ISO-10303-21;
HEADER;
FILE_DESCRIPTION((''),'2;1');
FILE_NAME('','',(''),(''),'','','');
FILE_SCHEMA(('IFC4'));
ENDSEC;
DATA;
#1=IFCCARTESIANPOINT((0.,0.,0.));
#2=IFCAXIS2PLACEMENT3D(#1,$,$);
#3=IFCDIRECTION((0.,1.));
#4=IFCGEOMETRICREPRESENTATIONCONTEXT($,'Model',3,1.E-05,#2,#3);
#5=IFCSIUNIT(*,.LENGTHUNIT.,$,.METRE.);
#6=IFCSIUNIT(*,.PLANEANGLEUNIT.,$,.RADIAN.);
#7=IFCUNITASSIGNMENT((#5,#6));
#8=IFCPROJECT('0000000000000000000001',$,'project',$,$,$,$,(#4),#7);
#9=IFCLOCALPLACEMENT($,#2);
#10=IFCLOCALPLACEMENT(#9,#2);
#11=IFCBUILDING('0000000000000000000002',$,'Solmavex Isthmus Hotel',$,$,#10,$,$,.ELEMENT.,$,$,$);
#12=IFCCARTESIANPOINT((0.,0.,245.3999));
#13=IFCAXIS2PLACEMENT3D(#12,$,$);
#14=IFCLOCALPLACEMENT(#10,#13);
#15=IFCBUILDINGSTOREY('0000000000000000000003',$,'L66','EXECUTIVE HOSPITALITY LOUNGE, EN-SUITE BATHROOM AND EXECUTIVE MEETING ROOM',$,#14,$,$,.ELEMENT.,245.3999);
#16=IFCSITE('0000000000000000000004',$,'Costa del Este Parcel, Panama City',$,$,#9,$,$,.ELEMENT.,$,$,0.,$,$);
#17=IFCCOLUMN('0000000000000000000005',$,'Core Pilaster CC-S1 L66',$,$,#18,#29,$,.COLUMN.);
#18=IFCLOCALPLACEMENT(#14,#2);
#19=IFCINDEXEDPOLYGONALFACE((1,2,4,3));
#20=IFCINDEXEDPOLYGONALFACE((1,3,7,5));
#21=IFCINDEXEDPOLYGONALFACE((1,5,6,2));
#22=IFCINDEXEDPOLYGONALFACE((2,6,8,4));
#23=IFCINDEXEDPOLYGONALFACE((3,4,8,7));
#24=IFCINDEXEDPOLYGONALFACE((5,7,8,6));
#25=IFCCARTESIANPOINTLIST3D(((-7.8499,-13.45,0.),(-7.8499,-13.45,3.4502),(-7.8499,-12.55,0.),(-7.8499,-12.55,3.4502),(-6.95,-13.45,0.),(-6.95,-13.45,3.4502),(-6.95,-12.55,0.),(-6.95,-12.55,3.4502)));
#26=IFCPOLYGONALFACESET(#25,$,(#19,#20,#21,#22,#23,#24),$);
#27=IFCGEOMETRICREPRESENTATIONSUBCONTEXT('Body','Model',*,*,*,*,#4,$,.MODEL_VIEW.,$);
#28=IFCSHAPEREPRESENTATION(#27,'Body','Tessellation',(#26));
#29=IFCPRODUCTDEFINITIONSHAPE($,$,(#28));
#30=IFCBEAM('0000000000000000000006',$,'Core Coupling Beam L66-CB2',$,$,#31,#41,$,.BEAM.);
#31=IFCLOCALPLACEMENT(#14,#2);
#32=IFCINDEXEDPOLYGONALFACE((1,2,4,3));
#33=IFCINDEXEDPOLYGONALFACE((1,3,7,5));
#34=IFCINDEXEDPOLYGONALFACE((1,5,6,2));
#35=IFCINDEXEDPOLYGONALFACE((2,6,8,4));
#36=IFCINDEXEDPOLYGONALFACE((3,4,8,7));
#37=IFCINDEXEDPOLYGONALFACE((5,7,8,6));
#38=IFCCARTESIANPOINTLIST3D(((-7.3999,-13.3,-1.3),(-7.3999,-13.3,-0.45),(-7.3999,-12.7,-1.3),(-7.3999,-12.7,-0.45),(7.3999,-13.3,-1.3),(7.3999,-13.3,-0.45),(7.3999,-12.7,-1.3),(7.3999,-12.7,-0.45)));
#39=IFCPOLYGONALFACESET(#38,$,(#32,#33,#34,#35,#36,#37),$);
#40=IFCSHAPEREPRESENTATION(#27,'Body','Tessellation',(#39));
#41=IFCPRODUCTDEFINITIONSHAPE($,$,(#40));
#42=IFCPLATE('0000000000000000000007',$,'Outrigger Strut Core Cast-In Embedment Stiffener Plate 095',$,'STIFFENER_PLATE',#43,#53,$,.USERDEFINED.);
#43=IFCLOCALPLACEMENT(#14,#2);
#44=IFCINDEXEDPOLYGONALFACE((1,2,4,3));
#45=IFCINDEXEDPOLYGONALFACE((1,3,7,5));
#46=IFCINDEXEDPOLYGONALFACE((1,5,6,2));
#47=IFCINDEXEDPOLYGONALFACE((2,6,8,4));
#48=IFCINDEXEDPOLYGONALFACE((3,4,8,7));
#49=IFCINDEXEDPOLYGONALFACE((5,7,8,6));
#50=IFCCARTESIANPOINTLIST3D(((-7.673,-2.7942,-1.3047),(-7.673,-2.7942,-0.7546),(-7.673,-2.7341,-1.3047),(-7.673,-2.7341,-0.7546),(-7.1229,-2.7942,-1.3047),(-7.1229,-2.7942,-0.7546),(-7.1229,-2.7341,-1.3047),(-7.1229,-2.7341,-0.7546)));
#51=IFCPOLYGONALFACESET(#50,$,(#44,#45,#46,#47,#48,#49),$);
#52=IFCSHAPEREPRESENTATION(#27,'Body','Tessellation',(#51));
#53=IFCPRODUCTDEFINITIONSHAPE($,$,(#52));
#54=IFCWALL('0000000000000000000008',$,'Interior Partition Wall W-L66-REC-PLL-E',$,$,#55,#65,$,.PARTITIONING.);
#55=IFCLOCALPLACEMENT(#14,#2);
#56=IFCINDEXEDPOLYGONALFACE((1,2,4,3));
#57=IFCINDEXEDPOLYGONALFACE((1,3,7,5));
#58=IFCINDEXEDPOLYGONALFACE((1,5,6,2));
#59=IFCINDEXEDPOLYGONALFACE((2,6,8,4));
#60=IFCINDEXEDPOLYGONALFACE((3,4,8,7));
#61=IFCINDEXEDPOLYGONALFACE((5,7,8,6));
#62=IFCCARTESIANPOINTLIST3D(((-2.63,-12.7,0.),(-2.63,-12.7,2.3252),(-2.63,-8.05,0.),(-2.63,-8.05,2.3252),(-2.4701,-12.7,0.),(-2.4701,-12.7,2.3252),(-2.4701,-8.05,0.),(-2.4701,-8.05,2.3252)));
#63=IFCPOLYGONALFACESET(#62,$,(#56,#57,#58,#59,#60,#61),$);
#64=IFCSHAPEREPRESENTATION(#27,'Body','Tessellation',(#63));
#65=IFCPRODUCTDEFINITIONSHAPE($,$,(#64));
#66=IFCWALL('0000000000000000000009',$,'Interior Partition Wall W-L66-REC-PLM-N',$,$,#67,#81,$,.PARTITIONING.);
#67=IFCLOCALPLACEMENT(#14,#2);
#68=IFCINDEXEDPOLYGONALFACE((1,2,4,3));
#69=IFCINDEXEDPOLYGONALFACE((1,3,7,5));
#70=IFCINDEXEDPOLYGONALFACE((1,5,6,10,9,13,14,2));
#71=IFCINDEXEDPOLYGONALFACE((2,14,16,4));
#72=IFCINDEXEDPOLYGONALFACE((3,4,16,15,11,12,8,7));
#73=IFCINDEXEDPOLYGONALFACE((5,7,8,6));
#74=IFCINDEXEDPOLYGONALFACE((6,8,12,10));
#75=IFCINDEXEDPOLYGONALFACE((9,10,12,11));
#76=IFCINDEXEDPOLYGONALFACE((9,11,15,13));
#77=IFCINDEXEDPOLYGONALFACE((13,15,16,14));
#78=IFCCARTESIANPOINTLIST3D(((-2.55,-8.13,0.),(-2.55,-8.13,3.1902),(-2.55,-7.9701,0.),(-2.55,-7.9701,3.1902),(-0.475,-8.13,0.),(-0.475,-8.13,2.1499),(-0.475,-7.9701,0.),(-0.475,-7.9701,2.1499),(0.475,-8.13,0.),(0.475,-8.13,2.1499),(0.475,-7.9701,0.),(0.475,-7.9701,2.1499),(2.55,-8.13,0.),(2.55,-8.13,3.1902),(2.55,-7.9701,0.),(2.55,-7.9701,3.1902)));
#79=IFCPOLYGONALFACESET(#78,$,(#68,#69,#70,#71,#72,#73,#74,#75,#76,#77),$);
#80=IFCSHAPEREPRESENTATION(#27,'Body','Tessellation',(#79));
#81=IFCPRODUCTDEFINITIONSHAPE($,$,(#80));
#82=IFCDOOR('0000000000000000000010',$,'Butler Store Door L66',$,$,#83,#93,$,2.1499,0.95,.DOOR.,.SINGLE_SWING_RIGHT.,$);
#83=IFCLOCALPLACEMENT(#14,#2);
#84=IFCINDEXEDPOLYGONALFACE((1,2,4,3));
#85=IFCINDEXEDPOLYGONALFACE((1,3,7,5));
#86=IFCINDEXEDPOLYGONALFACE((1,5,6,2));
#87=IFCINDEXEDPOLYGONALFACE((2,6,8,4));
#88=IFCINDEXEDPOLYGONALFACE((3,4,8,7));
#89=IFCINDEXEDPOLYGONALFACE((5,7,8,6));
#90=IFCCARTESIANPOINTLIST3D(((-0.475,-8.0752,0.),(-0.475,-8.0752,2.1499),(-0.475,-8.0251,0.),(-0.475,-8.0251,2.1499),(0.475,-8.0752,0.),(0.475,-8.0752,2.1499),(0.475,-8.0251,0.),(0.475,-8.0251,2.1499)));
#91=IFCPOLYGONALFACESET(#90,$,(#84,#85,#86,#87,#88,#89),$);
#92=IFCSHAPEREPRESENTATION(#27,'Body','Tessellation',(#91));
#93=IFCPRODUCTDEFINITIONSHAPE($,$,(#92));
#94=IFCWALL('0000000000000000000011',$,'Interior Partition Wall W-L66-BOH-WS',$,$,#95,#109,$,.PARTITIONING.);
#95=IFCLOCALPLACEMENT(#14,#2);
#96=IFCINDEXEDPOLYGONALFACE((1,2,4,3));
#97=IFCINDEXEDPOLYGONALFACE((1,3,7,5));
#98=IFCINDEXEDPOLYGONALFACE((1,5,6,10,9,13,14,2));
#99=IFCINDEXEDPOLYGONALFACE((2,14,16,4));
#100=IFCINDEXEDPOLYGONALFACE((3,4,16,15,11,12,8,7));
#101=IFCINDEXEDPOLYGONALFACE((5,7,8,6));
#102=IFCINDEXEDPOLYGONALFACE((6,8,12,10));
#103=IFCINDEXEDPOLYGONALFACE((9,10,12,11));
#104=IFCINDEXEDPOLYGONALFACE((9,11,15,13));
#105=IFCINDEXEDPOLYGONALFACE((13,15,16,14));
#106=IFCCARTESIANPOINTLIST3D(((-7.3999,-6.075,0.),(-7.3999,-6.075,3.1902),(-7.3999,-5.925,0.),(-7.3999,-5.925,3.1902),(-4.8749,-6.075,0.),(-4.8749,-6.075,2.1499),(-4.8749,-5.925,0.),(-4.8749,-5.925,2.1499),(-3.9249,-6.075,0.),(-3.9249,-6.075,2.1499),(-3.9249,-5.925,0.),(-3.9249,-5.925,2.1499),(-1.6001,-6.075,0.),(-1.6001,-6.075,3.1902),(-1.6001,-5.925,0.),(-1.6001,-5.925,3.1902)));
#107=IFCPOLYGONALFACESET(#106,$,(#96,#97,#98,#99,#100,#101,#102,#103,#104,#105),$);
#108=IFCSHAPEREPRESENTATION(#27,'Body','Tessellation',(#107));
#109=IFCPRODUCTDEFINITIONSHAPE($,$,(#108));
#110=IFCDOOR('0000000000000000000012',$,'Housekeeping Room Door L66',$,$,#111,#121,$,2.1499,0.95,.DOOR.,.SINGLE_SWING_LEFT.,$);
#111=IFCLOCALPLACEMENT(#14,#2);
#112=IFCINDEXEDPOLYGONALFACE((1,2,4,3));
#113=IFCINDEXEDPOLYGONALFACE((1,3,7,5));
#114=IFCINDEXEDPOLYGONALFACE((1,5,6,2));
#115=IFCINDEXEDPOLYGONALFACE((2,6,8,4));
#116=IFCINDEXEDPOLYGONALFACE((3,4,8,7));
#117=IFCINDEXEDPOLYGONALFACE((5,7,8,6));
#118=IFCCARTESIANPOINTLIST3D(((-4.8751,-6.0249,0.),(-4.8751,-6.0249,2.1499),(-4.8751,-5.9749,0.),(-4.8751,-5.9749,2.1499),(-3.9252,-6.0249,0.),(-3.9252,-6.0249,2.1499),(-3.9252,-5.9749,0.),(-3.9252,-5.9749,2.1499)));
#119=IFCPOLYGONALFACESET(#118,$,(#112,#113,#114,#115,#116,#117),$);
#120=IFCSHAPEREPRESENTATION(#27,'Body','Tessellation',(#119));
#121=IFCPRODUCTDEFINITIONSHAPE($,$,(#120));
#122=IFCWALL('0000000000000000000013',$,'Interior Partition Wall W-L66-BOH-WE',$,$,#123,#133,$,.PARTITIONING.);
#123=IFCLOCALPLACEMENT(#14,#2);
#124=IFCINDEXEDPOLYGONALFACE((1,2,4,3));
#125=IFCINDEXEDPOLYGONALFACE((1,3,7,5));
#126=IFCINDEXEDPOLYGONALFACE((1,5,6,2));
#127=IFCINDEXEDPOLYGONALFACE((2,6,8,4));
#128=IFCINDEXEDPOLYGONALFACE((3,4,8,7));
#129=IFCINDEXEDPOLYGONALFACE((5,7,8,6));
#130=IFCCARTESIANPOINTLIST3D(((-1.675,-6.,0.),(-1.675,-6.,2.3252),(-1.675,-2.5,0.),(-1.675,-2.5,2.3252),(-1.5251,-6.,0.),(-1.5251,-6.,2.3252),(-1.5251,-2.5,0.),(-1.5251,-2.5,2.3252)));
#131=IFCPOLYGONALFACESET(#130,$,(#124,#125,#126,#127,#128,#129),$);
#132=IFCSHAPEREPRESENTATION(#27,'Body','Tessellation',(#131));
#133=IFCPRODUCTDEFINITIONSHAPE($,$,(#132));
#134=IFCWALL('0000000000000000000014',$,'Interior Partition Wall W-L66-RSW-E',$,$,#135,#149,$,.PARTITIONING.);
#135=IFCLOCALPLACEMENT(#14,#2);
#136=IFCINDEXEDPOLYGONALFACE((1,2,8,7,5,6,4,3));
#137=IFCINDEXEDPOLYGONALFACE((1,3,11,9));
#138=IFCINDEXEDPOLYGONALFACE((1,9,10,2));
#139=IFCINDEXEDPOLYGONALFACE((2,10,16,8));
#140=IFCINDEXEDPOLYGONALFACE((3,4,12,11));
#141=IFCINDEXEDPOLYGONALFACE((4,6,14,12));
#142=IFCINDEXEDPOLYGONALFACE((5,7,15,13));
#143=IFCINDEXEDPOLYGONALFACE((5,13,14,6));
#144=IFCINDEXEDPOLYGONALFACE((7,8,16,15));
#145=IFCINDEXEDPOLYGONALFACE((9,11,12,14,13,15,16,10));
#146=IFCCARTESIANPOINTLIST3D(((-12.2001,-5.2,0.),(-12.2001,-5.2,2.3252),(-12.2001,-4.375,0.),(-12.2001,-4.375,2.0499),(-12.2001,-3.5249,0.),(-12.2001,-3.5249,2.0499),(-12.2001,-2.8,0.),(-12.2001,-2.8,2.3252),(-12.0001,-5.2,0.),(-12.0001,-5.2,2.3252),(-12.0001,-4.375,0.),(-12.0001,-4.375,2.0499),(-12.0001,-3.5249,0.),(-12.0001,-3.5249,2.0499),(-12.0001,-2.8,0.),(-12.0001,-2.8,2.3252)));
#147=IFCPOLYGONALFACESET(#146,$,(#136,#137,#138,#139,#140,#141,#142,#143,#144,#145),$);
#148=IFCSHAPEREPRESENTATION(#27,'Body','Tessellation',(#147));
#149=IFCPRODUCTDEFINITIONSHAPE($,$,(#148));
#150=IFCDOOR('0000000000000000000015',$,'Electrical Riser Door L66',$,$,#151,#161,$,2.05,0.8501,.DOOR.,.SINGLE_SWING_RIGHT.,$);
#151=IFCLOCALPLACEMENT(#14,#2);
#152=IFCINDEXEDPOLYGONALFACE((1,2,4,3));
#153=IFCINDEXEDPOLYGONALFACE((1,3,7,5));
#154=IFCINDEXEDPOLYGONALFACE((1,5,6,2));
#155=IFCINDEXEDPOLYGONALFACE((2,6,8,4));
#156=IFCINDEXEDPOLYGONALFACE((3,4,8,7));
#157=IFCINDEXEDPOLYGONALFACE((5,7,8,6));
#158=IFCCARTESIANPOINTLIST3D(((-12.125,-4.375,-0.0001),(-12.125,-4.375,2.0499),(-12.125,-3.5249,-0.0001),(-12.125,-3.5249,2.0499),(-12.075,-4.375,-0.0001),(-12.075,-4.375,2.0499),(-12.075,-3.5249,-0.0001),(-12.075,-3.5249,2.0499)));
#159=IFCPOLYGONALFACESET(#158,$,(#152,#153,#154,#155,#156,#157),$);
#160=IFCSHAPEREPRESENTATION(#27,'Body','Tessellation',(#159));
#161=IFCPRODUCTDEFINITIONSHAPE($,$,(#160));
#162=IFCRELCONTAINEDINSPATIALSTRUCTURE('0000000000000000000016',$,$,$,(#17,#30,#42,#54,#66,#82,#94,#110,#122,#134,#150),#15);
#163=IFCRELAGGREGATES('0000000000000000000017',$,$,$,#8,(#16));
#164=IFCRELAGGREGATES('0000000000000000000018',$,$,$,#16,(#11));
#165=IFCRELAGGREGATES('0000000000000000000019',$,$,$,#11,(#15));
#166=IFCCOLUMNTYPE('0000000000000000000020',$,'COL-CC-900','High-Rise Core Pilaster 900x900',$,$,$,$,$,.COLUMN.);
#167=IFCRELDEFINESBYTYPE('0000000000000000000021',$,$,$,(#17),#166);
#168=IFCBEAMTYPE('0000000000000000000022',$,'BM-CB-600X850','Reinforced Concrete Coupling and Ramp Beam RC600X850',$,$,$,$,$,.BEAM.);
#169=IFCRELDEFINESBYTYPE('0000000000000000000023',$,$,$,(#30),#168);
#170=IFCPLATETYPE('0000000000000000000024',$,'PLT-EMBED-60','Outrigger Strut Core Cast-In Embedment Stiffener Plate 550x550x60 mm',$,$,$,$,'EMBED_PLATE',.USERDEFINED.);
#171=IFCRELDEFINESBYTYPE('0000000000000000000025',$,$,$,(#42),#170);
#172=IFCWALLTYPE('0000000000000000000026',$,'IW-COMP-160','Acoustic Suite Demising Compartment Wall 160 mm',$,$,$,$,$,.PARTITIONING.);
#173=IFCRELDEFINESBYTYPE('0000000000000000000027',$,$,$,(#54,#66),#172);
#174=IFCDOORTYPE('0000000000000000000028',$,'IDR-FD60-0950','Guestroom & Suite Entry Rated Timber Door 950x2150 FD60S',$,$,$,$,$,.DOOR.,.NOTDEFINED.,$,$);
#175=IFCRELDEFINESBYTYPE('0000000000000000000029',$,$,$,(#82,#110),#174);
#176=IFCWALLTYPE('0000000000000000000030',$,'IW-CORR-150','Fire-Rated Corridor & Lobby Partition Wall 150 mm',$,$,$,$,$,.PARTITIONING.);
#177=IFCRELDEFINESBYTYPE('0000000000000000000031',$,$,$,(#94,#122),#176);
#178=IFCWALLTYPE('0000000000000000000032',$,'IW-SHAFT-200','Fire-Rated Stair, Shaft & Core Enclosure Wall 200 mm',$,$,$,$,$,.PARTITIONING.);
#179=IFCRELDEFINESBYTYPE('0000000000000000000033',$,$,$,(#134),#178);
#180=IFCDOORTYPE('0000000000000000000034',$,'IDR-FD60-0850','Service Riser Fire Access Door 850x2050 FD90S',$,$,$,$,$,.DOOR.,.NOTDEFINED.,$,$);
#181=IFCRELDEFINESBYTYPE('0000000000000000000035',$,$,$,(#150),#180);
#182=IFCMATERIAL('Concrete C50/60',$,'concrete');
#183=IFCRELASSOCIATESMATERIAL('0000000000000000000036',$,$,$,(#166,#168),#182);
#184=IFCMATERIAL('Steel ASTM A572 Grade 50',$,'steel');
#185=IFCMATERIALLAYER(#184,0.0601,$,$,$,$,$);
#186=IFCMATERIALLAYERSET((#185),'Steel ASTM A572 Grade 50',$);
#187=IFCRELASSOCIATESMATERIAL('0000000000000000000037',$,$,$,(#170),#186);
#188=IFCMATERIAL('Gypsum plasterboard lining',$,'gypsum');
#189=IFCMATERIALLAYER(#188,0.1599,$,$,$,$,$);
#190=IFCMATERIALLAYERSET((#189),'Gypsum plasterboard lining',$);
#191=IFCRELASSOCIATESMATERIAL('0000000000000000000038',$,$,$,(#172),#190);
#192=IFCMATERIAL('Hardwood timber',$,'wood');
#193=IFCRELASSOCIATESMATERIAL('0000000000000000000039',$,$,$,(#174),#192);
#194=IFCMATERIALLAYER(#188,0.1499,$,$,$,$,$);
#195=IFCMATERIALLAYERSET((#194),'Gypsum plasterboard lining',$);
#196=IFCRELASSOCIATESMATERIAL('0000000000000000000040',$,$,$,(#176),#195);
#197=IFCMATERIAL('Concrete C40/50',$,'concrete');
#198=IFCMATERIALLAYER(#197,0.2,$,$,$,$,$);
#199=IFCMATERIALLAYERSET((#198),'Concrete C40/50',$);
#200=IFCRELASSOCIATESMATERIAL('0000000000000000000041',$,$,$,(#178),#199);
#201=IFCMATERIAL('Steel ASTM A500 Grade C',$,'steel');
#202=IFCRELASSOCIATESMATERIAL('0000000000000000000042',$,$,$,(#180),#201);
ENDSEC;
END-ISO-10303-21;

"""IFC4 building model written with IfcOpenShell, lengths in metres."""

from ifc_helpers import new_model, si_unit, direction, frame, frame_2d, origin, origin_2d, place, context, subcontext, project, spatial, rectangle, extrude, material, layer, layer_set, material_profile, profile_set, type_object, element, fill, save


model = new_model("IFC4")

# Units and contexts
model_context = context("Model", 3, precision=1e-05, world=origin(), true_north=direction((0.0, 1.0)))
body_context = subcontext(model_context, "Body", "Model", "MODEL_VIEW")
ifc_project = project(units=[si_unit("LENGTHUNIT", "METRE"), si_unit("PLANEANGLEUNIT", "RADIAN")], contexts=[model_context])

# Site, building, storey
site_placement = place(None, origin())
site = spatial("IfcSite", under=ifc_project, at=site_placement, Name="Costa del Este Parcel, Panama City", CompositionType="ELEMENT", RefElevation=0.0)
building_placement = place(site_placement, origin())
building = spatial("IfcBuilding", under=site, at=building_placement, Name="Solmavex Isthmus Hotel", CompositionType="ELEMENT")
storey_placement = place(building_placement, frame((0.0, 0.0, 245.3999)))
storey = spatial("IfcBuildingStorey", under=building, at=storey_placement, Name="L66", Description="EXECUTIVE HOSPITALITY LOUNGE, EN-SUITE BATHROOM AND EXECUTIVE MEETING ROOM", CompositionType="ELEMENT", Elevation=245.3999)

# Column
ifc_material_1 = material(Name="Concrete C50/60", Category="concrete")
ifc_material_profile_1 = material_profile(ifc_material_1, rectangle(XDim=0.8999, YDim=0.8999, at=origin_2d()), Name="RC900X900")
ifc_profile_set_1 = profile_set([ifc_material_profile_1], Name="Concrete C50/60")
column_type = type_object("IfcColumnType", Name="COL-CC-900", Description="High-Rise Core Pilaster 900x900", PredefinedType="COLUMN", material=ifc_profile_set_1)
column_placement = place(storey_placement, frame((-7.3999, -13.0, 0.0), z_axis=(0.0, 0.0, 1.0), x_axis=(1.0, 0.0, 0.0)))
element("IfcColumn", 1, at=column_placement, inside=storey, type_object=column_type, Name="Core Pilaster CC-S1 L66", PredefinedType="COLUMN", context=body_context, shape_type="SweptSolid", body=[
    extrude(rectangle(XDim=0.8999, YDim=0.8999, at=origin_2d()), origin(), (0.0, 0.0, 1.0), 3.4502),
])

# Beam
ifc_material_profile_2 = material_profile(ifc_material_1, rectangle(XDim=0.6001, YDim=0.8501, at=origin_2d()), Name="RC600X850")
ifc_profile_set_2 = profile_set([ifc_material_profile_2], Name="Concrete C50/60")
beam_type = type_object("IfcBeamType", Name="BM-CB-600X850", Description="Reinforced Concrete Coupling and Ramp Beam RC600X850", PredefinedType="BEAM", material=ifc_profile_set_2)
beam_placement = place(storey_placement, frame((-7.3999, -13.0, -0.875), z_axis=(1.0, 0.0, 0.0), x_axis=(0.0, 1.0, 0.0)))
element("IfcBeam", 2, at=beam_placement, inside=storey, type_object=beam_type, Name="Core Coupling Beam L66-CB2", PredefinedType="BEAM", context=body_context, shape_type="SweptSolid", body=[
    extrude(rectangle(XDim=0.6001, YDim=0.8501, at=origin_2d()), origin(), (0.0, 0.0, 1.0), 14.7998),
])

# Plate
ifc_material_2 = material(Name="Steel ASTM A572 Grade 50", Category="steel")
ifc_layer_1 = layer(ifc_material_2, 0.0601)
ifc_layer_set_1 = layer_set([ifc_layer_1], Name="Steel ASTM A572 Grade 50")
plate_type = type_object("IfcPlateType", Name="PLT-EMBED-60", Description="Outrigger Strut Core Cast-In Embedment Stiffener Plate 550x550x60 mm", ElementType="EMBED_PLATE", PredefinedType="USERDEFINED", material=ifc_layer_set_1)
plate_placement = place(storey_placement, frame((-7.3979, -2.7642, -1.3047), z_axis=(0.0, 0.0, 1.0), x_axis=(1.0, 0.0, 0.0)))
element("IfcPlate", 3, at=plate_placement, inside=storey, type_object=plate_type, Name="Outrigger Strut Core Cast-In Embedment Stiffener Plate 095", ObjectType="STIFFENER_PLATE", PredefinedType="USERDEFINED", context=body_context, shape_type="SweptSolid", body=[
    extrude(rectangle(XDim=0.55, YDim=0.0601, at=origin_2d()), origin(), (0.0, 0.0, 1.0), 0.55),
])

# Shared definitions
ifc_material_3 = material(Name="Gypsum plasterboard lining", Category="gypsum")
ifc_layer_2 = layer(ifc_material_3, 0.1599)
ifc_layer_set_2 = layer_set([ifc_layer_2], Name="Gypsum plasterboard lining")
wall_type_1 = type_object("IfcWallType", Name="IW-COMP-160", Description="Acoustic Suite Demising Compartment Wall 160 mm", PredefinedType="PARTITIONING", material=ifc_layer_set_2)
ifc_material_4 = material(Name="Hardwood timber", Category="wood")
door_type_1 = type_object("IfcDoorType", Name="IDR-FD60-0950", Description="Guestroom & Suite Entry Rated Timber Door 950x2150 FD60S", OperationType="NOTDEFINED", PredefinedType="DOOR", material=ifc_material_4)

# Wall
wall_1_placement = place(storey_placement, frame((-2.55, -12.7, 0.0), z_axis=(0.0, 0.0, 1.0), x_axis=(0.0, 1.0, 0.0)))
element("IfcWall", 4, at=wall_1_placement, inside=storey, type_object=wall_type_1, Name="Interior Partition Wall W-L66-REC-PLL-E", PredefinedType="PARTITIONING", context=body_context, shape_type="SweptSolid", body=[
    extrude(rectangle(XDim=4.6499, YDim=0.1599, at=frame_2d((2.325, 0.0))), origin(), (0.0, 0.0, 1.0), 2.3252),
])

# Walls, openings, doors
wall_2_placement = place(storey_placement, frame((-2.55, -8.05, 0.0), z_axis=(0.0, 0.0, 1.0), x_axis=(1.0, 0.0, 0.0)))
wall_2 = element("IfcWall", 5, at=wall_2_placement, inside=storey, type_object=wall_type_1, Name="Interior Partition Wall W-L66-REC-PLM-N", PredefinedType="PARTITIONING", context=body_context, shape_type="SweptSolid", body=[
    extrude(rectangle(XDim=5.1001, YDim=0.1599, at=frame_2d((2.55, 0.0))), origin(), (0.0, 0.0, 1.0), 3.1902),
])
opening_1_placement = place(wall_2_placement, frame((2.075, 0.0, 0.0)))
opening_1 = element("IfcOpeningElement", 6, at=opening_1_placement, cuts=wall_2, PredefinedType="OPENING", context=body_context, shape_type="SweptSolid", body=[
    extrude(rectangle(XDim=0.95, YDim=2.1499, at=frame_2d((0.4751, 1.075))), frame((0.0, 0.0898, 0.0), z_axis=(0.0, -1.0, 0.0), x_axis=(1.0, 0.0, 0.0)), (0.0, 0.0, 1.0), 0.1799),
])
door_1_placement = place(opening_1_placement, origin())
door_1 = element("IfcDoor", 7, at=door_1_placement, inside=storey, type_object=door_type_1, Name="Butler Store Door L66", OperationType="SINGLE_SWING_RIGHT", OverallHeight=2.1499, OverallWidth=0.95, PredefinedType="DOOR", context=body_context, shape_type="SweptSolid", body=[
    extrude(rectangle(XDim=0.95, YDim=2.1499, at=frame_2d((0.4751, 1.075))), frame((0.0, 0.0249, 0.0), z_axis=(0.0, -1.0, 0.0), x_axis=(1.0, 0.0, 0.0)), (0.0, 0.0, 1.0), 0.05),
])
fill(opening_1, door_1)
ifc_layer_3 = layer(ifc_material_3, 0.1499)
ifc_layer_set_3 = layer_set([ifc_layer_3], Name="Gypsum plasterboard lining")
wall_type_2 = type_object("IfcWallType", Name="IW-CORR-150", Description="Fire-Rated Corridor & Lobby Partition Wall 150 mm", PredefinedType="PARTITIONING", material=ifc_layer_set_3)
wall_3_placement = place(storey_placement, frame((-7.3999, -6.0, 0.0), z_axis=(0.0, 0.0, 1.0), x_axis=(1.0, 0.0, 0.0)))
wall_3 = element("IfcWall", 8, at=wall_3_placement, inside=storey, type_object=wall_type_2, Name="Interior Partition Wall W-L66-BOH-WS", PredefinedType="PARTITIONING", context=body_context, shape_type="SweptSolid", body=[
    extrude(rectangle(XDim=5.7998, YDim=0.1499, at=frame_2d((2.8999, 0.0))), origin(), (0.0, 0.0, 1.0), 3.1902),
])
opening_2_placement = place(wall_3_placement, frame((2.5249, 0.0, 0.0)))
opening_2 = element("IfcOpeningElement", 9, at=opening_2_placement, cuts=wall_3, PredefinedType="OPENING", context=body_context, shape_type="SweptSolid", body=[
    extrude(rectangle(XDim=0.95, YDim=2.1499, at=frame_2d((0.4751, 1.075))), frame((0.0, 0.085, 0.0), z_axis=(0.0, -1.0, 0.0), x_axis=(1.0, 0.0, 0.0)), (0.0, 0.0, 1.0), 0.1699),
])
door_2_placement = place(opening_2_placement, frame((0.95, 0.0, 0.0), z_axis=(0.0, 0.0, 1.0), x_axis=(-1.0, 0.0, 0.0)))
door_2 = element("IfcDoor", 10, at=door_2_placement, inside=storey, type_object=door_type_1, Name="Housekeeping Room Door L66", OperationType="SINGLE_SWING_LEFT", OverallHeight=2.1499, OverallWidth=0.95, PredefinedType="DOOR", context=body_context, shape_type="SweptSolid", body=[
    extrude(rectangle(XDim=0.95, YDim=2.1499, at=frame_2d((0.4751, 1.075))), frame((0.0, 0.0249, 0.0), z_axis=(0.0, -1.0, 0.0), x_axis=(1.0, 0.0, 0.0)), (0.0, 0.0, 1.0), 0.05),
])
fill(opening_2, door_2)

# Wall
wall_4_placement = place(storey_placement, frame((-1.6001, -6.0, 0.0), z_axis=(0.0, 0.0, 1.0), x_axis=(0.0, 1.0, 0.0)))
element("IfcWall", 11, at=wall_4_placement, inside=storey, type_object=wall_type_2, Name="Interior Partition Wall W-L66-BOH-WE", PredefinedType="PARTITIONING", context=body_context, shape_type="SweptSolid", body=[
    extrude(rectangle(XDim=3.5, YDim=0.1499, at=frame_2d((1.75, 0.0))), origin(), (0.0, 0.0, 1.0), 2.3252),
])

# Wall, opening, door
ifc_material_5 = material(Name="Concrete C40/50", Category="concrete")
ifc_layer_4 = layer(ifc_material_5, 0.2)
ifc_layer_set_4 = layer_set([ifc_layer_4], Name="Concrete C40/50")
wall_type_3 = type_object("IfcWallType", Name="IW-SHAFT-200", Description="Fire-Rated Stair, Shaft & Core Enclosure Wall 200 mm", PredefinedType="PARTITIONING", material=ifc_layer_set_4)
wall_5_placement = place(storey_placement, frame((-12.1001, -5.2, 0.0), z_axis=(0.0, 0.0, 1.0), x_axis=(0.0, 1.0, 0.0)))
wall_5 = element("IfcWall", 12, at=wall_5_placement, inside=storey, type_object=wall_type_3, Name="Interior Partition Wall W-L66-RSW-E", PredefinedType="PARTITIONING", context=body_context, shape_type="SweptSolid", body=[
    extrude(rectangle(XDim=2.3999, YDim=0.2, at=frame_2d((1.2, 0.0))), origin(), (0.0, 0.0, 1.0), 2.3252),
])
opening_3_placement = place(wall_5_placement, frame((0.825, 0.0, 0.0)))
opening_3 = element("IfcOpeningElement", 13, at=opening_3_placement, cuts=wall_5, PredefinedType="OPENING", context=body_context, shape_type="SweptSolid", body=[
    extrude(rectangle(XDim=0.8501, YDim=2.05, at=frame_2d((0.425, 1.0249))), frame((0.0, 0.1099, 0.0), z_axis=(0.0, -1.0, 0.0), x_axis=(1.0, 0.0, 0.0)), (0.0, 0.0, 1.0), 0.22),
])
ifc_material_6 = material(Name="Steel ASTM A500 Grade C", Category="steel")
door_type_2 = type_object("IfcDoorType", Name="IDR-FD60-0850", Description="Service Riser Fire Access Door 850x2050 FD90S", OperationType="NOTDEFINED", PredefinedType="DOOR", material=ifc_material_6)
door_3_placement = place(opening_3_placement, origin())
door_3 = element("IfcDoor", 14, at=door_3_placement, inside=storey, type_object=door_type_2, Name="Electrical Riser Door L66", OperationType="SINGLE_SWING_RIGHT", OverallHeight=2.05, OverallWidth=0.8501, PredefinedType="DOOR", context=body_context, shape_type="SweptSolid", body=[
    extrude(rectangle(XDim=0.8501, YDim=2.05, at=frame_2d((0.425, 1.0249))), frame((0.0, 0.0249, 0.0), z_axis=(0.0, -1.0, 0.0), x_axis=(1.0, 0.0, 0.0)), (0.0, 0.0, 1.0), 0.05),
])
fill(opening_3, door_3)

save(model, "model.ifc")
